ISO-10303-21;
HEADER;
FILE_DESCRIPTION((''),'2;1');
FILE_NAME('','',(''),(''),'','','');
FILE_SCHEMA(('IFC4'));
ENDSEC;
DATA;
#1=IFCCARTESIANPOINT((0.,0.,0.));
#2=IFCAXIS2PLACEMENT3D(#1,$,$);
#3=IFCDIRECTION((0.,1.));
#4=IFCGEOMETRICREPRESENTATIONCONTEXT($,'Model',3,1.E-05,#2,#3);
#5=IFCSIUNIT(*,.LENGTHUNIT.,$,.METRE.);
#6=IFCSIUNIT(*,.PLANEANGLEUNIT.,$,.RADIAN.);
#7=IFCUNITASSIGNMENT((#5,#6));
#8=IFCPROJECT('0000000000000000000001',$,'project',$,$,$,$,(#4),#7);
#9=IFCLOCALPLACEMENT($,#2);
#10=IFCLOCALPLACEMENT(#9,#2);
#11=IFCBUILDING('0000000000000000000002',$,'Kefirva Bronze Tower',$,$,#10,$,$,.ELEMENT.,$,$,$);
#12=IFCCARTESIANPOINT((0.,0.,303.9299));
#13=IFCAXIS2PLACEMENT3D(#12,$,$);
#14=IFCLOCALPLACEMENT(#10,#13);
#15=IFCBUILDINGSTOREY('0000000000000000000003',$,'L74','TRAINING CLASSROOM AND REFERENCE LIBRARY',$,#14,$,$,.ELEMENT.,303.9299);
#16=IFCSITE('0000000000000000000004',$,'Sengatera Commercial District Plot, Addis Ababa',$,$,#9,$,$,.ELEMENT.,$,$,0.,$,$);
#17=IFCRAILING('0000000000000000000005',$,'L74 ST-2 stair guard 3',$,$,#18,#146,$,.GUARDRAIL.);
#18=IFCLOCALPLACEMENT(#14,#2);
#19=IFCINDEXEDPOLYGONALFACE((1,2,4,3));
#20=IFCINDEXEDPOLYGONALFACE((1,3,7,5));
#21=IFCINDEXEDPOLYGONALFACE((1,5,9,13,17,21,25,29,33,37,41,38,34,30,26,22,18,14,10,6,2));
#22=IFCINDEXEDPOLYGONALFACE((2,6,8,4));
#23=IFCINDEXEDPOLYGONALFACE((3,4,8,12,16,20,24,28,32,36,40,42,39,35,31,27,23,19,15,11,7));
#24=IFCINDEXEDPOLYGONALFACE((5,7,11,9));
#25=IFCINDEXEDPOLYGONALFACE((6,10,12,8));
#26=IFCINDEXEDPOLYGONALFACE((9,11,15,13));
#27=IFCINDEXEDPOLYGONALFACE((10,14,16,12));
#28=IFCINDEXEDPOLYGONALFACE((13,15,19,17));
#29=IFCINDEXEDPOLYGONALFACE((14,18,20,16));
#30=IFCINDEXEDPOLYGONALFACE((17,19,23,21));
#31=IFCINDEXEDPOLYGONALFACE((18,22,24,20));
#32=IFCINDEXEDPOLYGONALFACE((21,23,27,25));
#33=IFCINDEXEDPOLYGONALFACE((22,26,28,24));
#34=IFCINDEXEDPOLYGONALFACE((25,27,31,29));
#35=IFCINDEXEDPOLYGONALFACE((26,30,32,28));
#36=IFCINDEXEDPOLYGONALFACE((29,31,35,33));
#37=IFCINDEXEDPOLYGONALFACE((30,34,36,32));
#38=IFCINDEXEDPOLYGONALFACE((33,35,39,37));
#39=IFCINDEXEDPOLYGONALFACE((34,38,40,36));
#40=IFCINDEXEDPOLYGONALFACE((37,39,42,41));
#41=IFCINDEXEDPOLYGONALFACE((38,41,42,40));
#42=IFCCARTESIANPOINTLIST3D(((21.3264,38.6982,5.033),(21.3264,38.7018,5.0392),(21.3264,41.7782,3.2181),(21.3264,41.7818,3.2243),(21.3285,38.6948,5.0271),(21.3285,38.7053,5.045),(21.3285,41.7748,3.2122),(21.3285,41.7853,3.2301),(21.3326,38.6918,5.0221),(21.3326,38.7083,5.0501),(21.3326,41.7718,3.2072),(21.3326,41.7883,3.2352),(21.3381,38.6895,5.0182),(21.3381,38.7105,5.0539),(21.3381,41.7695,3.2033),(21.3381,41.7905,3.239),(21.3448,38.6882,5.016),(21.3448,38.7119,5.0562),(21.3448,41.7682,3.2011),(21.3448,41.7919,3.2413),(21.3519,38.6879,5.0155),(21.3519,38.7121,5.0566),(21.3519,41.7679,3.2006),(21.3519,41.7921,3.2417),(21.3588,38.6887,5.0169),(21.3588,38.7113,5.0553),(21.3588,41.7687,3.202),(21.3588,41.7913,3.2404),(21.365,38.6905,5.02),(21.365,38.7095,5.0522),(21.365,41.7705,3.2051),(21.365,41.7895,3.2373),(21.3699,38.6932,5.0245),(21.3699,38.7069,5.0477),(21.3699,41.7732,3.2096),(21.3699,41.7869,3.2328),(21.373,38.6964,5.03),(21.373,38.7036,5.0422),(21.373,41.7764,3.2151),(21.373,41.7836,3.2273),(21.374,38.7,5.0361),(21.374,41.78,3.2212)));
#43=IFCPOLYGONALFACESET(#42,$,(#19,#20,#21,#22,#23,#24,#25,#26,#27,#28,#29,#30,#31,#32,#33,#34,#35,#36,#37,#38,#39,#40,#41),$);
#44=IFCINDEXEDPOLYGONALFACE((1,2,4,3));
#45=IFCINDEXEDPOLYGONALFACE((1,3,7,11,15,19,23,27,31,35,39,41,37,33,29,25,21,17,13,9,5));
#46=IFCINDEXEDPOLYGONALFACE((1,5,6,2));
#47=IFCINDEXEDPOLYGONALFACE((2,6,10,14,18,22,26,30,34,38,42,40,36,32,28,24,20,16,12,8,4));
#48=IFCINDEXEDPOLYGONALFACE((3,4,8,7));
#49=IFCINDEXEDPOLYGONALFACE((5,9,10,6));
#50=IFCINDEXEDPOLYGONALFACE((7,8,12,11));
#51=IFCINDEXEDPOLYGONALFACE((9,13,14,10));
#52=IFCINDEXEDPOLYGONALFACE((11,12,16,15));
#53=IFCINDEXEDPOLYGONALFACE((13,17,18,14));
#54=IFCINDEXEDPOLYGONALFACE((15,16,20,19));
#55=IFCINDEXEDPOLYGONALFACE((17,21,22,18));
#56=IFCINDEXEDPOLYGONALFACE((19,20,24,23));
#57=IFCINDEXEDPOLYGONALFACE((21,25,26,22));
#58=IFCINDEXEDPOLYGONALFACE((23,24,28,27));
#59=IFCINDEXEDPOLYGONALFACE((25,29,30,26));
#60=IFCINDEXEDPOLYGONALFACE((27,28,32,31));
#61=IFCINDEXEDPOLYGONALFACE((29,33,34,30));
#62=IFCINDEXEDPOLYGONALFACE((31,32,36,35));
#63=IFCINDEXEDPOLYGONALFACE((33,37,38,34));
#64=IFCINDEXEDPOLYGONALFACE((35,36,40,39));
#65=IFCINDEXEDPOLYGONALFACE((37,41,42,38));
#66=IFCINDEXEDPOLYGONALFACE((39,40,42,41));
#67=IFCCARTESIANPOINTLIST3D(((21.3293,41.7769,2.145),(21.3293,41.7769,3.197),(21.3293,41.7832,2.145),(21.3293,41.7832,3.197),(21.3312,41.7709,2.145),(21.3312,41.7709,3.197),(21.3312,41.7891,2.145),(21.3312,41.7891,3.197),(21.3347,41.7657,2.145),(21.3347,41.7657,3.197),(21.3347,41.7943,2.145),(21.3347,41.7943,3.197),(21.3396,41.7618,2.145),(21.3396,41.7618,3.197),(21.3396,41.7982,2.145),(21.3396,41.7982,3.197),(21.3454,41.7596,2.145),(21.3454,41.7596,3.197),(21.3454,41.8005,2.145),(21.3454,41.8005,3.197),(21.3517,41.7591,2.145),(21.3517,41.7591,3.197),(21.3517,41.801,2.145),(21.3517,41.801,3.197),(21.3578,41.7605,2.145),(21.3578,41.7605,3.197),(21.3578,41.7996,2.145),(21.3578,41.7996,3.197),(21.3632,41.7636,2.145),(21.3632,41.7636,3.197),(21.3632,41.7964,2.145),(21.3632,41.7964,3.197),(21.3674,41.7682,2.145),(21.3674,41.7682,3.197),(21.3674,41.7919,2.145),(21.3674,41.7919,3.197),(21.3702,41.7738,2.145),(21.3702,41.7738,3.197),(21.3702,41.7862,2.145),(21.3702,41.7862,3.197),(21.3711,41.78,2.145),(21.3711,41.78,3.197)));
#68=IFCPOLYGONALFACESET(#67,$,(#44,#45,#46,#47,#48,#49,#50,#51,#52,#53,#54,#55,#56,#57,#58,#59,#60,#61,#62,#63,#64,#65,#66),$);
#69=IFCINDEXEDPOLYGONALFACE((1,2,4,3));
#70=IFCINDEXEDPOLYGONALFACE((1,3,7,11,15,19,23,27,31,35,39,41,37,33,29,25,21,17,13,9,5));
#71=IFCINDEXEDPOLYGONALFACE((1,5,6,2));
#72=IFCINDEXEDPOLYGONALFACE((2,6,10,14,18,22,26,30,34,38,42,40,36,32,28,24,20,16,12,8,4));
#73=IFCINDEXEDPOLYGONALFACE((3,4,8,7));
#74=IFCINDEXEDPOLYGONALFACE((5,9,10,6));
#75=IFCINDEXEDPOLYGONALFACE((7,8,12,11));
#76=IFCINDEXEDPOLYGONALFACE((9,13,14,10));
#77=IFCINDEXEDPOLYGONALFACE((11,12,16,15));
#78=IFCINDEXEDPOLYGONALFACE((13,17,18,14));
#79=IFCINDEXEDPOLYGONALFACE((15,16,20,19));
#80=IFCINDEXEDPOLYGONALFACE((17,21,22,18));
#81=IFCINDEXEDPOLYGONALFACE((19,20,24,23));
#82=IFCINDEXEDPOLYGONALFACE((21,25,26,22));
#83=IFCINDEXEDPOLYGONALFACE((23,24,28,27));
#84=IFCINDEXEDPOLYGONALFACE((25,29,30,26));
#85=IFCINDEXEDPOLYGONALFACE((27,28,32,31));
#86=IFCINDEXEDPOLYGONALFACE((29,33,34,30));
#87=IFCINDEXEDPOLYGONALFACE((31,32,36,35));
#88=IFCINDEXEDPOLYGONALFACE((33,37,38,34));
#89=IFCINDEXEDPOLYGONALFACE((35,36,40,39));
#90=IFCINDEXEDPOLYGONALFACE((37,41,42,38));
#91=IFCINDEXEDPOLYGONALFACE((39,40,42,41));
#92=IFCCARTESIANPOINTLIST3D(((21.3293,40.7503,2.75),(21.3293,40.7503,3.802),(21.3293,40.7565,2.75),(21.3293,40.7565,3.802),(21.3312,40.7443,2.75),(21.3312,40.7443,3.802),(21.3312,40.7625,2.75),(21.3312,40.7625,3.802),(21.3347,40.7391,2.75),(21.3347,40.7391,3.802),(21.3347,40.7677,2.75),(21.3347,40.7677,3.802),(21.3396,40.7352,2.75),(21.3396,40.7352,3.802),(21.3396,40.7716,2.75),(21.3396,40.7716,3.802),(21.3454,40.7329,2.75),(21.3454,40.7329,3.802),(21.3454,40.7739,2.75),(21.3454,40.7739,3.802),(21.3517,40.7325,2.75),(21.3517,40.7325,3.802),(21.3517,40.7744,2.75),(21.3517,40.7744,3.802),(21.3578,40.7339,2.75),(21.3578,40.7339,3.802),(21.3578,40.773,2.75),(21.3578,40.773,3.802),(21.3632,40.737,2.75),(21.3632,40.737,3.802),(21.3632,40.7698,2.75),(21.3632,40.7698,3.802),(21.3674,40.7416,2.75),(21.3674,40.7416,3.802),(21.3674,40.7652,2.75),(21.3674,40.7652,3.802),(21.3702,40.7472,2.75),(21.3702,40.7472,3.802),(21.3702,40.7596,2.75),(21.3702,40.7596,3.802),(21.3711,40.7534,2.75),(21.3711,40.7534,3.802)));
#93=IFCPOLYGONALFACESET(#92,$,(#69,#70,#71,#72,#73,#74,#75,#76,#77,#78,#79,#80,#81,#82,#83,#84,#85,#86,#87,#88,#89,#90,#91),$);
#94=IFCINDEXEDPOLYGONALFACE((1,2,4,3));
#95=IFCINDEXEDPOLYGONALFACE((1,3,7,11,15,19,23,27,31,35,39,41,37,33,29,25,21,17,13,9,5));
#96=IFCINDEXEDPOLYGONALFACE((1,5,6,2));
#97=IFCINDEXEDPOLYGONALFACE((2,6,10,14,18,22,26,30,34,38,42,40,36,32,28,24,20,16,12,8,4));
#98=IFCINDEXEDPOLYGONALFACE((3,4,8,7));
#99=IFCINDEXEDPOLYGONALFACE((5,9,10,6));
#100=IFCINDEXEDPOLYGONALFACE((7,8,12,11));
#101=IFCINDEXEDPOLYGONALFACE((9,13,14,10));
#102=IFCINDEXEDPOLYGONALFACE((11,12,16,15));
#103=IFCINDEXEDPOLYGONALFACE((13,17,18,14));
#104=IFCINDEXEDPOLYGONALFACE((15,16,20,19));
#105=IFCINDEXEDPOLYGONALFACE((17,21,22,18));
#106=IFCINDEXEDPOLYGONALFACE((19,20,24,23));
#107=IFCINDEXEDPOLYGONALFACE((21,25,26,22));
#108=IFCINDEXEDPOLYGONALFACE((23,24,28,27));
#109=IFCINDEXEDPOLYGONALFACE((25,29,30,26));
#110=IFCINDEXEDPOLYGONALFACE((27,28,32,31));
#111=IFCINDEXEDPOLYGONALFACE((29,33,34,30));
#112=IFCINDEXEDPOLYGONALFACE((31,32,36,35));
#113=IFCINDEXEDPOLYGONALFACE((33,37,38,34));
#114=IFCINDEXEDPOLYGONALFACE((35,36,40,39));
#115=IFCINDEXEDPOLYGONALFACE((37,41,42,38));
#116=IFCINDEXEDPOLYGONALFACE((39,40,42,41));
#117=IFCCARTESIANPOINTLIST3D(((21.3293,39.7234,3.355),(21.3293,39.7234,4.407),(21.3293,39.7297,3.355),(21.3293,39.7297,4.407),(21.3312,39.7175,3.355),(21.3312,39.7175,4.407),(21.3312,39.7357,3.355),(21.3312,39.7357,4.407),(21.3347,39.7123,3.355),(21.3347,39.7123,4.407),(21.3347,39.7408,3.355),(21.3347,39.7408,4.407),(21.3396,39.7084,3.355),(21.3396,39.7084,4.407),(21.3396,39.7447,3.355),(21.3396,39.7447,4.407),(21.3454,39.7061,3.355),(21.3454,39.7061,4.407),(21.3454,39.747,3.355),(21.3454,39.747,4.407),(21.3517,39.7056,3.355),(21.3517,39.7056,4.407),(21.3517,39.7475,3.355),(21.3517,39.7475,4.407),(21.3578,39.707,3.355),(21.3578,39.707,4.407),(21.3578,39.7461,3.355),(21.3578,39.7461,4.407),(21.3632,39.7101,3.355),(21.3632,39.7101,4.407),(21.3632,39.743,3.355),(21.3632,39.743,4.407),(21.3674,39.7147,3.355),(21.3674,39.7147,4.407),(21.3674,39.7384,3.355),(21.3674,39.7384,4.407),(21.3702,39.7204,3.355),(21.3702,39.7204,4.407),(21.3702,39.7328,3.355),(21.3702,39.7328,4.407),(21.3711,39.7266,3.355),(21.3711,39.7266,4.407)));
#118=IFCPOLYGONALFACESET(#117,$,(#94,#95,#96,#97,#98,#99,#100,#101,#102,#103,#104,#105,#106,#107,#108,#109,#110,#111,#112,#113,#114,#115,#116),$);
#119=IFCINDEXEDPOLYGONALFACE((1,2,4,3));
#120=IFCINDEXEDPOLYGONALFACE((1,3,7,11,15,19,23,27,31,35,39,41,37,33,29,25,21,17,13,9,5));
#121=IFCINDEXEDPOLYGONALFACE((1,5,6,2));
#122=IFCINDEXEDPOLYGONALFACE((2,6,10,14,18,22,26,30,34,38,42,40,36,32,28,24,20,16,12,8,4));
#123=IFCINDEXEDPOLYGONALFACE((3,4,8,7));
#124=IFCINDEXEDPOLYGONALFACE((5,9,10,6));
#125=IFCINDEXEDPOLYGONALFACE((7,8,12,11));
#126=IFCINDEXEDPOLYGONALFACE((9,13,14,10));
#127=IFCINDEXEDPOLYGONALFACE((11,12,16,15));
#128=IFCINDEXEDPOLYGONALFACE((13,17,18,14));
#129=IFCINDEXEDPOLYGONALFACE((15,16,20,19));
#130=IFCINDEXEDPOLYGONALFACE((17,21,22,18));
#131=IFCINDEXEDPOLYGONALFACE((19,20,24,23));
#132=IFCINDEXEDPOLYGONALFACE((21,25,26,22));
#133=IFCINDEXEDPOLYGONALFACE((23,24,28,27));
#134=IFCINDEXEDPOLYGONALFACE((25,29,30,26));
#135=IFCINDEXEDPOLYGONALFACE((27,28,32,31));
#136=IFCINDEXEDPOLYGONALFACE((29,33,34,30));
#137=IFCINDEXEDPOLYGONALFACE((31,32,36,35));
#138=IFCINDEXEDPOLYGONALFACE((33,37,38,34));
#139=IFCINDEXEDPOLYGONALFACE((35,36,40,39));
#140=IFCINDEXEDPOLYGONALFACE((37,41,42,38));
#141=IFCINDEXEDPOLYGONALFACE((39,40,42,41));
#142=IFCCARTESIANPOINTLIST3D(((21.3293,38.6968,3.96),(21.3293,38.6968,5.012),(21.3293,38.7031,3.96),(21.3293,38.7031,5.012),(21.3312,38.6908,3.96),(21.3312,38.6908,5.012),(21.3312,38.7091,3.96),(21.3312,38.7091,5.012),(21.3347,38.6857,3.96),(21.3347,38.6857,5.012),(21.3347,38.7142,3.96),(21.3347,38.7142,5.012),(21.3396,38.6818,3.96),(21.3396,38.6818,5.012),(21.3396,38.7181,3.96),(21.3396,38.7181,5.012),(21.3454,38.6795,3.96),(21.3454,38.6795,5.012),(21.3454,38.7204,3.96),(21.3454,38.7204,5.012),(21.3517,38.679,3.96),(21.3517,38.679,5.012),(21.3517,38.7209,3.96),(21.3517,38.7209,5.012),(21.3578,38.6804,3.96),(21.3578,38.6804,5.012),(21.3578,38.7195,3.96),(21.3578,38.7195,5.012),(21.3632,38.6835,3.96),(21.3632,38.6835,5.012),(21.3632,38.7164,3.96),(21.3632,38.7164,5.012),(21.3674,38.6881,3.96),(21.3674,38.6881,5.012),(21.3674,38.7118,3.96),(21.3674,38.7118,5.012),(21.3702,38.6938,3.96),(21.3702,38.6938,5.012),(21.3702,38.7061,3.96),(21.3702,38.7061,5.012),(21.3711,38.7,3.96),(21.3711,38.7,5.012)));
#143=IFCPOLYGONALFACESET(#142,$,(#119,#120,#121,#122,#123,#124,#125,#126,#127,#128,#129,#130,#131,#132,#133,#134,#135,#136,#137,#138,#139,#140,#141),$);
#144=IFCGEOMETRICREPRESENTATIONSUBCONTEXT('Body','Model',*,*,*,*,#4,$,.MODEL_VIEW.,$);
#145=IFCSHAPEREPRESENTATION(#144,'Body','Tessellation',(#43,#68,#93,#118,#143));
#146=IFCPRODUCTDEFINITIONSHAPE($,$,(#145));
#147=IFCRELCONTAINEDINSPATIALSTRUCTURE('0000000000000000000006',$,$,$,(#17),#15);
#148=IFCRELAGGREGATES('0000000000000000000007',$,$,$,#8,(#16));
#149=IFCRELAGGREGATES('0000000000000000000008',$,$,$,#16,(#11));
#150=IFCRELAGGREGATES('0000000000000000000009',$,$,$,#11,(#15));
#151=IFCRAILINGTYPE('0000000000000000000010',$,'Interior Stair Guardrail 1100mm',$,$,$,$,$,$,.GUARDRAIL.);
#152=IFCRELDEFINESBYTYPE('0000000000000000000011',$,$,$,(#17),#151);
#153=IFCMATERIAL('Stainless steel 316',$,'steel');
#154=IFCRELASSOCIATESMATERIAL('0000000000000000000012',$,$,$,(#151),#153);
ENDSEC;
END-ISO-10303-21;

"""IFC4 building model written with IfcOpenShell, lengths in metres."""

from ifc_helpers import new_model, si_unit, direction, frame, origin, origin_2d, place, context, subcontext, project, spatial, circle, extrude, material, type_object, element, save


model = new_model("IFC4")

# Units and contexts
model_context = context("Model", 3, precision=1e-05, world=origin(), true_north=direction((0.0, 1.0)))
body_context = subcontext(model_context, "Body", "Model", "MODEL_VIEW")
ifc_project = project(units=[si_unit("LENGTHUNIT", "METRE"), si_unit("PLANEANGLEUNIT", "RADIAN")], contexts=[model_context])

# Site, building, storey
site_placement = place(None, origin())
site = spatial("IfcSite", under=ifc_project, at=site_placement, Name="Sengatera Commercial District Plot, Addis Ababa", CompositionType="ELEMENT", RefElevation=0.0)
building_placement = place(site_placement, origin())
building = spatial("IfcBuilding", under=site, at=building_placement, Name="Kefirva Bronze Tower", CompositionType="ELEMENT")
storey_placement = place(building_placement, frame((0.0, 0.0, 303.9299)))
storey = spatial("IfcBuildingStorey", under=building, at=storey_placement, Name="L74", Description="TRAINING CLASSROOM AND REFERENCE LIBRARY", CompositionType="ELEMENT", Elevation=303.9299)

# Railing
ifc_material_1 = material(Name="Stainless steel 316", Category="steel")
railing_type_1 = type_object("IfcRailingType", Name="Interior Stair Guardrail 1100mm", PredefinedType="GUARDRAIL", material=ifc_material_1)
railing_1_placement = place(storey_placement, frame((21.3501, 41.78, 2.145)))
element("IfcRailing", 1, at=railing_1_placement, inside=storey, type_object=railing_type_1, Name="L74 ST-2 stair guard 3", PredefinedType="GUARDRAIL", context=body_context, shape_type="SweptSolid", body=[
    extrude(circle(Radius=0.0239, at=origin_2d()), frame((0.0, 0.0, 1.0762), z_axis=(0.0, -0.861551, 0.507671), x_axis=(1.0, 0.0, 0.0)), (0.0, 0.0, 1.0), 3.575),
    extrude(circle(Radius=0.021, at=origin_2d()), origin(), (0.0, 0.0, 1.0), 1.052),
    extrude(circle(Radius=0.021, at=origin_2d()), frame((0.0, -1.0266, 0.605)), (0.0, 0.0, 1.0), 1.052),
    extrude(circle(Radius=0.021, at=origin_2d()), frame((0.0, -2.0535, 1.21)), (0.0, 0.0, 1.0), 1.052),
    extrude(circle(Radius=0.021, at=origin_2d()), frame((0.0, -3.0801, 1.8149)), (0.0, 0.0, 1.0), 1.052),
])

save(model, "model.ifc")
